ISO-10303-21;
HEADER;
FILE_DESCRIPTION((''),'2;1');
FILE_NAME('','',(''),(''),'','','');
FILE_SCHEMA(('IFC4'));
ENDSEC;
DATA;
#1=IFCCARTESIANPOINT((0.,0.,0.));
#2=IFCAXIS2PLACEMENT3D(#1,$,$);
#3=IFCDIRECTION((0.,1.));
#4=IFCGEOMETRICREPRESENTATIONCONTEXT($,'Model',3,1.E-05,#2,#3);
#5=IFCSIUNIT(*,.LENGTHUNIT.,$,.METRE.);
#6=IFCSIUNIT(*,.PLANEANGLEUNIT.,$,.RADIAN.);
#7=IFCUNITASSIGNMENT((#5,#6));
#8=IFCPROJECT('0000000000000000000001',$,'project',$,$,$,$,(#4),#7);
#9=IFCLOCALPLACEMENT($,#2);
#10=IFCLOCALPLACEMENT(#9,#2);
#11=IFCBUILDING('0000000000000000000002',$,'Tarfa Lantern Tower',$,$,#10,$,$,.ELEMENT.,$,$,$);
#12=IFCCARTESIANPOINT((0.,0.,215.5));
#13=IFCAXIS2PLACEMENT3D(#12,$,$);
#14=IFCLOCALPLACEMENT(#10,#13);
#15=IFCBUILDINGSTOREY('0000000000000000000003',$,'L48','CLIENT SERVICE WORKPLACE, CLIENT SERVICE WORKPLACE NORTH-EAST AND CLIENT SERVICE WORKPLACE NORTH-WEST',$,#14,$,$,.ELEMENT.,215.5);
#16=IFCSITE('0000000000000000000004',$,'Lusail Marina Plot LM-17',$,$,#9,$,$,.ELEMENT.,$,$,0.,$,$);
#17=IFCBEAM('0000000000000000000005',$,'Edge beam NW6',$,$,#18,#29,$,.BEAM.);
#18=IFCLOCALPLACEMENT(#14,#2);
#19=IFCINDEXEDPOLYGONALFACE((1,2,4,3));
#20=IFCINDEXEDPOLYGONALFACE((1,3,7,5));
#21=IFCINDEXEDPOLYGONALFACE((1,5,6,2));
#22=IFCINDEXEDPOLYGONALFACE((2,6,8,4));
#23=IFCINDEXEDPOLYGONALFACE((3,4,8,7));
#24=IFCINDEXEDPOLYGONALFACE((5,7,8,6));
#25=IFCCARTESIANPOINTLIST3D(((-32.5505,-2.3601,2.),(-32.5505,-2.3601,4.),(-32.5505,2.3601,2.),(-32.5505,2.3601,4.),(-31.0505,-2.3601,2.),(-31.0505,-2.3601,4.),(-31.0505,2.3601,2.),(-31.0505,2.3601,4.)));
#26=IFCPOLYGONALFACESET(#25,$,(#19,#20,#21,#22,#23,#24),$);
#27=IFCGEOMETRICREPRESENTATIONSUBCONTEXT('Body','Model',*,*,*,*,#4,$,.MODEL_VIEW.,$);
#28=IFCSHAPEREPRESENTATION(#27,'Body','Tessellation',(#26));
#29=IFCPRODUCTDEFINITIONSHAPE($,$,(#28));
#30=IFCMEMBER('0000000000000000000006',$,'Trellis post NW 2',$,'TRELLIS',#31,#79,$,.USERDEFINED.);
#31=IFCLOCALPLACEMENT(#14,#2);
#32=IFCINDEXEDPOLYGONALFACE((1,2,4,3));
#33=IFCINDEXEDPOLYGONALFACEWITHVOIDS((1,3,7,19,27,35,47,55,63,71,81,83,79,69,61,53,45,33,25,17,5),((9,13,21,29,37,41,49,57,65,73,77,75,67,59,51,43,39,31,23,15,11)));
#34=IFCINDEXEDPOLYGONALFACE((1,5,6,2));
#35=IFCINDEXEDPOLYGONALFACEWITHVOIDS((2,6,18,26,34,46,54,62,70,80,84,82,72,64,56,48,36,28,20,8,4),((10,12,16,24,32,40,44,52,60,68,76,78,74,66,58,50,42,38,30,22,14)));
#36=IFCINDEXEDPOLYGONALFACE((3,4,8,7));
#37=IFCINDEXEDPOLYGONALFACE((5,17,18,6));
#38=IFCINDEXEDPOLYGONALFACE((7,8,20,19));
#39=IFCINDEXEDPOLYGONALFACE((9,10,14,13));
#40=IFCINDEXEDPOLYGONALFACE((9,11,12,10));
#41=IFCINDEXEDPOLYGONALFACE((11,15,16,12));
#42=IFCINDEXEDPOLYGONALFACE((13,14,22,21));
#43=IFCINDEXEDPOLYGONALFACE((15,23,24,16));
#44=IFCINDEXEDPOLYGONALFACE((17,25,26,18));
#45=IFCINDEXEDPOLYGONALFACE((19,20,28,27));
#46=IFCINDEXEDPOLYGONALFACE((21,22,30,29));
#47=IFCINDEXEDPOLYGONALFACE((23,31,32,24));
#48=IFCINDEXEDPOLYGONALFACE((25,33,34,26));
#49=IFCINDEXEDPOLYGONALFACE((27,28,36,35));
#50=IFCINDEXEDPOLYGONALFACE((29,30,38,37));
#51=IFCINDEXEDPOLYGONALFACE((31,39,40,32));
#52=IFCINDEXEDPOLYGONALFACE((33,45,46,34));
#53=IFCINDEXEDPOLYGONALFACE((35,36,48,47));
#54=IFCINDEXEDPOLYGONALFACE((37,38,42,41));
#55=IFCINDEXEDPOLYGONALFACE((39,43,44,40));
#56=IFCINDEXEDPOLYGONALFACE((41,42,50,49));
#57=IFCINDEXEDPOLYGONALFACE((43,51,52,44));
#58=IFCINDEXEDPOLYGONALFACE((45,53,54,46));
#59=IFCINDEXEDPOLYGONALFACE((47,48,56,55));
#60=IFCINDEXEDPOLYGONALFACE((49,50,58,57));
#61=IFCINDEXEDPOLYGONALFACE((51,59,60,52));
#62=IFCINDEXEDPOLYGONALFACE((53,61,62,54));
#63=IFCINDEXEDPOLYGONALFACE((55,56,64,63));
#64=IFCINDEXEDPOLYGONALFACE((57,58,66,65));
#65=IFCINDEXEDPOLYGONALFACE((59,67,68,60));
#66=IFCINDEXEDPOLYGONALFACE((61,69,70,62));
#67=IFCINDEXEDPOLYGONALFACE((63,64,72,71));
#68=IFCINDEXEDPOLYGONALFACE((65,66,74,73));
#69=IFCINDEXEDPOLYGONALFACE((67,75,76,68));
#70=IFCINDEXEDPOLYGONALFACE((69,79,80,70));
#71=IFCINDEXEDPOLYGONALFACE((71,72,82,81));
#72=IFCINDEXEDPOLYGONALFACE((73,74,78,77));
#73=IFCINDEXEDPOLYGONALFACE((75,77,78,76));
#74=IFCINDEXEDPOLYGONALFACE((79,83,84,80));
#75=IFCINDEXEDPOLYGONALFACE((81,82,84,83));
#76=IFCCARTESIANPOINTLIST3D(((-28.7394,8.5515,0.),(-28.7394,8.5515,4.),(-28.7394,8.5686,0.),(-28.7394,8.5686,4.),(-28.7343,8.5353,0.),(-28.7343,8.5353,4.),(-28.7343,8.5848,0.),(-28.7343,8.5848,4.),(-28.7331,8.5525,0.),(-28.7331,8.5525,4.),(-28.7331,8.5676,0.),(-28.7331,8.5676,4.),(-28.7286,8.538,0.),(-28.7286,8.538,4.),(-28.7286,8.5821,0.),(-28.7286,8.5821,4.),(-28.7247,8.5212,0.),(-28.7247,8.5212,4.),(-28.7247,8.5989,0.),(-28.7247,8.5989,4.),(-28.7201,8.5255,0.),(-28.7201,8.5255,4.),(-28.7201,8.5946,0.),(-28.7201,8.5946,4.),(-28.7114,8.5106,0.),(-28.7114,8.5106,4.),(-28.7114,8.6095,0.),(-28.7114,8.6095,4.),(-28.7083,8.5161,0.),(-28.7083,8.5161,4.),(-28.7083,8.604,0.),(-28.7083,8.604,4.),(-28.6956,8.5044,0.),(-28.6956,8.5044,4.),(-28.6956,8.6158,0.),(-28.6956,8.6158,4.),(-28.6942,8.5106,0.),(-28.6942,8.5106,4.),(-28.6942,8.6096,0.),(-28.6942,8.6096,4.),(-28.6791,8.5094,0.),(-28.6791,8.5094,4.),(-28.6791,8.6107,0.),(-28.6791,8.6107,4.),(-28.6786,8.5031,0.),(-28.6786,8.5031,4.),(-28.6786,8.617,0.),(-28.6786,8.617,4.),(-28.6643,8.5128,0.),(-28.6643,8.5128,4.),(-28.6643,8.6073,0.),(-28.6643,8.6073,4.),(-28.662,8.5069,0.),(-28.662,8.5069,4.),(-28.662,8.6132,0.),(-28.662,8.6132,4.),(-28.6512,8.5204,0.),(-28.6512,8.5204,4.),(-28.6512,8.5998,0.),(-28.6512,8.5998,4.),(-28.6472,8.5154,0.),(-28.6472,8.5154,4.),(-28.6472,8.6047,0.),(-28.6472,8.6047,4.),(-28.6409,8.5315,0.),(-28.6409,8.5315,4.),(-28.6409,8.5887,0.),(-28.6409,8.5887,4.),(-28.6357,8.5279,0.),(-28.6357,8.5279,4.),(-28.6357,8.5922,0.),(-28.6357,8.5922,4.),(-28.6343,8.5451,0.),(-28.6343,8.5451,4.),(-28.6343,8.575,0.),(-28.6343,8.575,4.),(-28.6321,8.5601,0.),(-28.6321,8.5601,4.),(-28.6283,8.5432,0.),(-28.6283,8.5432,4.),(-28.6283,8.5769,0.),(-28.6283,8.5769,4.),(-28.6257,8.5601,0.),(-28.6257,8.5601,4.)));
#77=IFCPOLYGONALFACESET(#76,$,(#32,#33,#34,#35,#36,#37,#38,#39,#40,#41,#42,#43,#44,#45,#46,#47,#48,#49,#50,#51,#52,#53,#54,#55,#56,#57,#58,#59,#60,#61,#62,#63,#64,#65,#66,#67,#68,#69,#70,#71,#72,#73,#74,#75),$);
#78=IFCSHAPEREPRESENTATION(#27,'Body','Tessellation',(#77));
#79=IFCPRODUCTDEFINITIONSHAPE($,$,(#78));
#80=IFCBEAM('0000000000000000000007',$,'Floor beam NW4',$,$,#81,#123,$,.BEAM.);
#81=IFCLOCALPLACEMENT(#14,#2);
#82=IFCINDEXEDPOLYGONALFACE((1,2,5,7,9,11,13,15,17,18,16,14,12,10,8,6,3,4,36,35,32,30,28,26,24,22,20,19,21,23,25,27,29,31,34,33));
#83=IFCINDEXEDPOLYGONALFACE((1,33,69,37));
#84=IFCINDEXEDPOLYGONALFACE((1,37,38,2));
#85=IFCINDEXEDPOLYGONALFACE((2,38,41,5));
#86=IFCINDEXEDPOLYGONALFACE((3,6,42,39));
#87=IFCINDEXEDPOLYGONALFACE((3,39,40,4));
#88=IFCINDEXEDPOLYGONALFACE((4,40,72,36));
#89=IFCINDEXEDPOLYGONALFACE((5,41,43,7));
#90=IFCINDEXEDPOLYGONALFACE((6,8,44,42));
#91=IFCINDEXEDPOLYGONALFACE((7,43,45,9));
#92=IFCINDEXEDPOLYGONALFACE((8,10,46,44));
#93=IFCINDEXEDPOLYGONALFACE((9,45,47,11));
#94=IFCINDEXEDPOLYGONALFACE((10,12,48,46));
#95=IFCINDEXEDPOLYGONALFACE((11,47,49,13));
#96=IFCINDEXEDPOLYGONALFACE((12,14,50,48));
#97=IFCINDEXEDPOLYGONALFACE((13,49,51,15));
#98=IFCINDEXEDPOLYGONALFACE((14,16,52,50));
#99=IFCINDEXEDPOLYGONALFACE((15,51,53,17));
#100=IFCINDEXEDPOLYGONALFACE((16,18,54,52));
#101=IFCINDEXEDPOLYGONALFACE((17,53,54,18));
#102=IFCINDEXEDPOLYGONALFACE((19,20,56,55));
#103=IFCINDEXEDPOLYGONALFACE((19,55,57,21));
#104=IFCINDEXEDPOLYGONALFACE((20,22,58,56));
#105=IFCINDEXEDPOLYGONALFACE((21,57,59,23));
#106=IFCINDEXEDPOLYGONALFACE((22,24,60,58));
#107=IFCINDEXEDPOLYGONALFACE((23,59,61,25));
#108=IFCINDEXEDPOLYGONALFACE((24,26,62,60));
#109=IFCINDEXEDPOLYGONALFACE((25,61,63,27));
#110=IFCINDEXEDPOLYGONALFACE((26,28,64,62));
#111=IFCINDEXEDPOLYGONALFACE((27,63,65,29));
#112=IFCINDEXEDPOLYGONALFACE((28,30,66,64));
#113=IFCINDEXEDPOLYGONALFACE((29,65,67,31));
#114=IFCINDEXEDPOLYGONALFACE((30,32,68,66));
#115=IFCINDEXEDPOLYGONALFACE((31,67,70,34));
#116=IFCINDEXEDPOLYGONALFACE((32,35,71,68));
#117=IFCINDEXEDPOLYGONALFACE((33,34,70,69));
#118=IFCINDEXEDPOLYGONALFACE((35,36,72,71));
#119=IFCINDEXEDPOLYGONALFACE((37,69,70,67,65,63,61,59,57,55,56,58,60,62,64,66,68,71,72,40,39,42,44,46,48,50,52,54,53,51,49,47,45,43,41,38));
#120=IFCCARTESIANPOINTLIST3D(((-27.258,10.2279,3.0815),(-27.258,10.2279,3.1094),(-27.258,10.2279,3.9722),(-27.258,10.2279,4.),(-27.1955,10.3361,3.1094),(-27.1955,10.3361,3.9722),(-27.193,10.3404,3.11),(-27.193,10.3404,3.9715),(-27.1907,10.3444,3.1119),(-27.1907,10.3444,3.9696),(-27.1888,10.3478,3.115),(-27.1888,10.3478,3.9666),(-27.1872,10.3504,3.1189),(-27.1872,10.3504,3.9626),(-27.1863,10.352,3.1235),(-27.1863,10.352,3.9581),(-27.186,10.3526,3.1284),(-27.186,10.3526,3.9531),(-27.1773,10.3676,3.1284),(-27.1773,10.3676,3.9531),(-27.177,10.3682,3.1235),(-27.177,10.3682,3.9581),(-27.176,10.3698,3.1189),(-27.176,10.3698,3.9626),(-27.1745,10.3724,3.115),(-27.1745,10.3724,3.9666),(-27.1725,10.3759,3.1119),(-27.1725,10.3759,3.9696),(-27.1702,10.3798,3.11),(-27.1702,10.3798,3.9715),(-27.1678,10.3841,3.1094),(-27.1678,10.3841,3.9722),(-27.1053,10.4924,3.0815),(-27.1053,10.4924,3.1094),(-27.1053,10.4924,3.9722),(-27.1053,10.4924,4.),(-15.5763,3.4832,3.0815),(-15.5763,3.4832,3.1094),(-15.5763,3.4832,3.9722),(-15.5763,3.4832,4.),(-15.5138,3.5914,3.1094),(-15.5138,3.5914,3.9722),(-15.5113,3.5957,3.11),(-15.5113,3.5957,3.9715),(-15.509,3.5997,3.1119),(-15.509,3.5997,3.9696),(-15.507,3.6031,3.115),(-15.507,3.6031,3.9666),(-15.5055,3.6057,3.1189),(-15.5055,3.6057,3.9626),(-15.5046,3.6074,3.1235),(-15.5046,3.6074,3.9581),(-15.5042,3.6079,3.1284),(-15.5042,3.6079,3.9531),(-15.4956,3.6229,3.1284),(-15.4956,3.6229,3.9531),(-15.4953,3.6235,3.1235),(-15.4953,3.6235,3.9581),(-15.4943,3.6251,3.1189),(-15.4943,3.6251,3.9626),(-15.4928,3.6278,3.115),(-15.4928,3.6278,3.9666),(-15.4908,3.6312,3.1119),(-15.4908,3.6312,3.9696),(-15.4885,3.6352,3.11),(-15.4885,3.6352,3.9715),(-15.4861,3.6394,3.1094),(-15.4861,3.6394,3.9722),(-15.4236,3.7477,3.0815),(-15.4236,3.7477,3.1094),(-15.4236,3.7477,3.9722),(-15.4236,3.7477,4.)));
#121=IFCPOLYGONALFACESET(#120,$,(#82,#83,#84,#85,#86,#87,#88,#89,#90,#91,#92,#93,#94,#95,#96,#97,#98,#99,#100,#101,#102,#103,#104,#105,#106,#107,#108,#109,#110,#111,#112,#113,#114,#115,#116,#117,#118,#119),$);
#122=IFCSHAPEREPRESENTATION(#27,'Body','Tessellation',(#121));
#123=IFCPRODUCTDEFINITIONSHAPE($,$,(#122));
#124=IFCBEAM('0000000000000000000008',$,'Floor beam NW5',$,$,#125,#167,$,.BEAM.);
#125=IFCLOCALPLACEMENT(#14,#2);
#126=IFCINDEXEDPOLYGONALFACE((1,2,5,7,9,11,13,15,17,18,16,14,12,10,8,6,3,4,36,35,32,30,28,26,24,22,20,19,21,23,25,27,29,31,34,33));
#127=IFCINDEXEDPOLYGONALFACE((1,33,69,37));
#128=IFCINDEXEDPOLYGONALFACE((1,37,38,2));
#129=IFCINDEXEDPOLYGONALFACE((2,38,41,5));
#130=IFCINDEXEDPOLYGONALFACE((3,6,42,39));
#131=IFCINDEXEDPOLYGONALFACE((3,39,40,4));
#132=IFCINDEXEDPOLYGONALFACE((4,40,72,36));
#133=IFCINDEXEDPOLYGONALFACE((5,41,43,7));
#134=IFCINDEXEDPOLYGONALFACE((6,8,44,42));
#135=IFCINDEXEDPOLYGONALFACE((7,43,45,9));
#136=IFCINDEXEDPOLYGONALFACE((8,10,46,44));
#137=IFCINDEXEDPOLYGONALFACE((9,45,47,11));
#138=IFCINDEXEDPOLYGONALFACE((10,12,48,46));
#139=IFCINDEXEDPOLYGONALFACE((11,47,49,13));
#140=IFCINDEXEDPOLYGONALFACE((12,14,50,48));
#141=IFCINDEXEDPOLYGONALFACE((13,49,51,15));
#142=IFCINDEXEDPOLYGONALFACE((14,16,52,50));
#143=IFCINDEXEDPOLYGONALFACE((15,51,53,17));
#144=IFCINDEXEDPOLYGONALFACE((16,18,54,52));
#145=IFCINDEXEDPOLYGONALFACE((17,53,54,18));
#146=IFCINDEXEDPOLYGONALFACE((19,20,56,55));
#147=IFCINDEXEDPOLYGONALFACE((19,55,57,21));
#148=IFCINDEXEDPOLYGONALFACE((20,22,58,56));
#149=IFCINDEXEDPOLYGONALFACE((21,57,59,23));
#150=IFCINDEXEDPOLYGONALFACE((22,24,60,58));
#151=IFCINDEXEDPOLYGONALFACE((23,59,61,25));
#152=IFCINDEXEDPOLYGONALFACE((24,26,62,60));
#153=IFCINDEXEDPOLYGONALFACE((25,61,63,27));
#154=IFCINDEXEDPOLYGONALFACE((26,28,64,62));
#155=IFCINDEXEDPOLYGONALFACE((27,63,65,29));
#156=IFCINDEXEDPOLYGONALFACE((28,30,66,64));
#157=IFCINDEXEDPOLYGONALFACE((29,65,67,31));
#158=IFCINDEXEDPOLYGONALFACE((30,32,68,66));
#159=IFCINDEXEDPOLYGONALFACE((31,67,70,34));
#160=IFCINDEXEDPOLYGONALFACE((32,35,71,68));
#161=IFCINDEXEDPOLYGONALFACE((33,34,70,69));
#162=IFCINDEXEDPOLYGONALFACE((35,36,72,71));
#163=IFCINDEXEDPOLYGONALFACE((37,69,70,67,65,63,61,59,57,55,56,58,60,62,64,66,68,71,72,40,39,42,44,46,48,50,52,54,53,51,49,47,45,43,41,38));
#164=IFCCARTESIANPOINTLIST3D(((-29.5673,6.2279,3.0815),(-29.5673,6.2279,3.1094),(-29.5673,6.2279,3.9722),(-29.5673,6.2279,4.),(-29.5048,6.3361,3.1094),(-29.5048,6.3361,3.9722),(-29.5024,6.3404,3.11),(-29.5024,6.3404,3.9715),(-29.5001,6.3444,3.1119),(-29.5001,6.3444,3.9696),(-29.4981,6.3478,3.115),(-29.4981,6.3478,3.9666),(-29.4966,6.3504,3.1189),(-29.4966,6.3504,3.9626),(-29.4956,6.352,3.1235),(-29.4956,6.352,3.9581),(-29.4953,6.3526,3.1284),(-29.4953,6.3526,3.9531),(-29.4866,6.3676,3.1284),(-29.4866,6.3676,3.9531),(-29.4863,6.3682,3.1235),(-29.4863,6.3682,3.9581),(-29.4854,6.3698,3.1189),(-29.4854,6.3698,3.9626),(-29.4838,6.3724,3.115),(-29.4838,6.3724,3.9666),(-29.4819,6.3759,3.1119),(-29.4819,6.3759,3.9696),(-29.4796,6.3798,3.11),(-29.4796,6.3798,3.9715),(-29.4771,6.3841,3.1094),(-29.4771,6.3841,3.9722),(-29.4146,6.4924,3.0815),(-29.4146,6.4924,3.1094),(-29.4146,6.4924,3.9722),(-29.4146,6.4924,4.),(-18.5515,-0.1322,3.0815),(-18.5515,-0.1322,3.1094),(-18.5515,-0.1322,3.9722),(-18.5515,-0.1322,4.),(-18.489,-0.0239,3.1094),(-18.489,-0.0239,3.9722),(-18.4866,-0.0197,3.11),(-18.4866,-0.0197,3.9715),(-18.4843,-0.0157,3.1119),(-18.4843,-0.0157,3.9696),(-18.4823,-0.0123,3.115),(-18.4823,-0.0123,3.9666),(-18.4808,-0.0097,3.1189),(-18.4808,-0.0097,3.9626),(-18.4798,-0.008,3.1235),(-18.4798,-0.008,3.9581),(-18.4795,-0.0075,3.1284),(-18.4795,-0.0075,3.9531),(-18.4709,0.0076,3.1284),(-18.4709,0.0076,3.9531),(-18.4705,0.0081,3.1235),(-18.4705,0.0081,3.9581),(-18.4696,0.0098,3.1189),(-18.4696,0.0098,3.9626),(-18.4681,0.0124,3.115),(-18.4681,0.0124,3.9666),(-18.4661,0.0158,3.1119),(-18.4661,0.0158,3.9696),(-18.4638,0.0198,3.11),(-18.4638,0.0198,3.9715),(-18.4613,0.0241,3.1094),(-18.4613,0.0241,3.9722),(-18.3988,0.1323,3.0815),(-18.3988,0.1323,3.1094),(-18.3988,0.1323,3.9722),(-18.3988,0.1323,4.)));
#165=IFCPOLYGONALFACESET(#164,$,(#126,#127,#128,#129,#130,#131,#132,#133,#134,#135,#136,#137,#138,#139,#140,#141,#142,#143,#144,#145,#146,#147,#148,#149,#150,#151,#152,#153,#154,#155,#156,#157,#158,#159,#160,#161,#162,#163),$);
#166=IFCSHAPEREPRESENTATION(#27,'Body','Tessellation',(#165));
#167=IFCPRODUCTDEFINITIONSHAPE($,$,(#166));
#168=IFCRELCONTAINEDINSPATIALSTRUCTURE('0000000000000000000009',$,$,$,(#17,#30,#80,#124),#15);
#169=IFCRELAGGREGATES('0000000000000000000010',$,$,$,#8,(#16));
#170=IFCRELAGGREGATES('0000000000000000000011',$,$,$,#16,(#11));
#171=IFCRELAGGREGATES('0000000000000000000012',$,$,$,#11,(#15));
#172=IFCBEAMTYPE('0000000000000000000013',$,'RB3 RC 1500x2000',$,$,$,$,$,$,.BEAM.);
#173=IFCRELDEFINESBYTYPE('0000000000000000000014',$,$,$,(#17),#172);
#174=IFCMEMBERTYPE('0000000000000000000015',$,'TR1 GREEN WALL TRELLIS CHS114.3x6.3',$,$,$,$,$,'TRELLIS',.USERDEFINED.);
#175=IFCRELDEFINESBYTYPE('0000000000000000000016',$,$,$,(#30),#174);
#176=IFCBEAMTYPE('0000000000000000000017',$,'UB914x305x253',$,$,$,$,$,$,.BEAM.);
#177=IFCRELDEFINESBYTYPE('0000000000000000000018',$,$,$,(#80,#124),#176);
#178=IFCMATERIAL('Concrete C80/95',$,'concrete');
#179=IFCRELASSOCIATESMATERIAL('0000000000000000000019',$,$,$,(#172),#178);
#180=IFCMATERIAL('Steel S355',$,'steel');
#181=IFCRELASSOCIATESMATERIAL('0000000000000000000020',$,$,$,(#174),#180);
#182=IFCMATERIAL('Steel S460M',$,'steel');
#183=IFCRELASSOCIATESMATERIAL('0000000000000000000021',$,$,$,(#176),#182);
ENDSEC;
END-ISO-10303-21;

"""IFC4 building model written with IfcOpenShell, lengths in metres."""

from ifc_helpers import new_model, si_unit, direction, frame, origin, origin_2d, place, context, subcontext, project, spatial, rectangle, hollow_circle, i_section, extrude, material, material_profile, profile_set, type_object, element, save


model = new_model("IFC4")

# Units and contexts
model_context = context("Model", 3, precision=1e-05, world=origin(), true_north=direction((0.0, 1.0)))
body_context = subcontext(model_context, "Body", "Model", "MODEL_VIEW")
ifc_project = project(units=[si_unit("LENGTHUNIT", "METRE"), si_unit("PLANEANGLEUNIT", "RADIAN")], contexts=[model_context])

# Site, building, storey
site_placement = place(None, origin())
site = spatial("IfcSite", under=ifc_project, at=site_placement, Name="Lusail Marina Plot LM-17", CompositionType="ELEMENT", RefElevation=0.0)
building_placement = place(site_placement, origin())
building = spatial("IfcBuilding", under=site, at=building_placement, Name="Tarfa Lantern Tower", CompositionType="ELEMENT")
storey_placement = place(building_placement, frame((0.0, 0.0, 215.5)))
storey = spatial("IfcBuildingStorey", under=building, at=storey_placement, Name="L48", Description="CLIENT SERVICE WORKPLACE, CLIENT SERVICE WORKPLACE NORTH-EAST AND CLIENT SERVICE WORKPLACE NORTH-WEST", CompositionType="ELEMENT", Elevation=215.5)

# Shared definitions
ifc_material_1 = material(Name="Steel S460M", Category="steel")

# Beam
ifc_material_2 = material(Name="Concrete C80/95", Category="concrete")
ifc_material_profile_1 = material_profile(ifc_material_2, rectangle(XDim=1.5, YDim=2.0, at=origin_2d()), Name="RC 1500x2000")
ifc_profile_set_1 = profile_set([ifc_material_profile_1], Name="Concrete C80/95")
beam_type_1 = type_object("IfcBeamType", Name="RB3 RC 1500x2000", PredefinedType="BEAM", material=ifc_profile_set_1)
beam_1_placement = place(storey_placement, frame((-31.8005, 2.3601, 3.0), z_axis=(0.0, -1.0, 0.0), x_axis=(1.0, 0.0, 0.0)))
element("IfcBeam", 1, at=beam_1_placement, inside=storey, type_object=beam_type_1, Name="Edge beam NW6", PredefinedType="BEAM", context=body_context, shape_type="SweptSolid", body=[
    extrude(rectangle(XDim=1.5, YDim=2.0, at=origin_2d()), origin(), (0.0, 0.0, 1.0), 4.7202),
])

# Member
ifc_material_3 = material(Name="Steel S355", Category="steel")
ifc_material_profile_2 = material_profile(ifc_material_3, hollow_circle(Radius=0.0571, WallThickness=0.0063, at=origin_2d()), Name="CHS114.3x6.3")
ifc_profile_set_2 = profile_set([ifc_material_profile_2], Name="Steel S355")
member_type_1 = type_object("IfcMemberType", Name="TR1 GREEN WALL TRELLIS CHS114.3x6.3", ElementType="TRELLIS", PredefinedType="USERDEFINED", material=ifc_profile_set_2)
member_1_placement = place(storey_placement, frame((-28.6829, 8.5601, 0.0), z_axis=(0.0, 0.0, 1.0), x_axis=(1.0, 0.0, 0.0)))
element("IfcMember", 2, at=member_1_placement, inside=storey, type_object=member_type_1, Name="Trellis post NW 2", ObjectType="TRELLIS", PredefinedType="USERDEFINED", context=body_context, shape_type="SweptSolid", body=[
    extrude(hollow_circle(Radius=0.0571, WallThickness=0.0063, at=origin_2d()), origin(), (0.0, 0.0, 1.0), 4.0),
])

# Beams
ifc_material_profile_3 = material_profile(ifc_material_1, i_section(OverallWidth=0.3054, OverallDepth=0.9185, WebThickness=0.0173, FlangeThickness=0.0278, FilletRadius=0.019, at=origin_2d()), Name="UB914x305x253")
ifc_profile_set_3 = profile_set([ifc_material_profile_3], Name="Steel S460M")
beam_type_2 = type_object("IfcBeamType", Name="UB914x305x253", PredefinedType="BEAM", material=ifc_profile_set_3)
beam_2_placement = place(storey_placement, frame((-27.1816, 10.3601, 3.5408), z_axis=(0.866018, -0.500013, 0.0), x_axis=(0.500013, 0.866018, 0.0)))
element("IfcBeam", 3, at=beam_2_placement, inside=storey, type_object=beam_type_2, Name="Floor beam NW4", PredefinedType="BEAM", context=body_context, shape_type="SweptSolid", body=[
    extrude(i_section(OverallWidth=0.3054, OverallDepth=0.9185, WebThickness=0.0173, FlangeThickness=0.0278, FilletRadius=0.019, at=origin_2d()), origin(), (0.0, 0.0, 1.0), 13.489),
])
beam_3_placement = place(storey_placement, frame((-29.491, 6.3601, 3.5408), z_axis=(0.866022, -0.500005, 0.0), x_axis=(0.500005, 0.866022, 0.0)))
element("IfcBeam", 4, at=beam_3_placement, inside=storey, type_object=beam_type_2, Name="Floor beam NW5", PredefinedType="BEAM", context=body_context, shape_type="SweptSolid", body=[
    extrude(i_section(OverallWidth=0.3054, OverallDepth=0.9185, WebThickness=0.0173, FlangeThickness=0.0278, FilletRadius=0.019, at=origin_2d()), origin(), (0.0, 0.0, 1.0), 12.72),
])

save(model, "model.ifc")
